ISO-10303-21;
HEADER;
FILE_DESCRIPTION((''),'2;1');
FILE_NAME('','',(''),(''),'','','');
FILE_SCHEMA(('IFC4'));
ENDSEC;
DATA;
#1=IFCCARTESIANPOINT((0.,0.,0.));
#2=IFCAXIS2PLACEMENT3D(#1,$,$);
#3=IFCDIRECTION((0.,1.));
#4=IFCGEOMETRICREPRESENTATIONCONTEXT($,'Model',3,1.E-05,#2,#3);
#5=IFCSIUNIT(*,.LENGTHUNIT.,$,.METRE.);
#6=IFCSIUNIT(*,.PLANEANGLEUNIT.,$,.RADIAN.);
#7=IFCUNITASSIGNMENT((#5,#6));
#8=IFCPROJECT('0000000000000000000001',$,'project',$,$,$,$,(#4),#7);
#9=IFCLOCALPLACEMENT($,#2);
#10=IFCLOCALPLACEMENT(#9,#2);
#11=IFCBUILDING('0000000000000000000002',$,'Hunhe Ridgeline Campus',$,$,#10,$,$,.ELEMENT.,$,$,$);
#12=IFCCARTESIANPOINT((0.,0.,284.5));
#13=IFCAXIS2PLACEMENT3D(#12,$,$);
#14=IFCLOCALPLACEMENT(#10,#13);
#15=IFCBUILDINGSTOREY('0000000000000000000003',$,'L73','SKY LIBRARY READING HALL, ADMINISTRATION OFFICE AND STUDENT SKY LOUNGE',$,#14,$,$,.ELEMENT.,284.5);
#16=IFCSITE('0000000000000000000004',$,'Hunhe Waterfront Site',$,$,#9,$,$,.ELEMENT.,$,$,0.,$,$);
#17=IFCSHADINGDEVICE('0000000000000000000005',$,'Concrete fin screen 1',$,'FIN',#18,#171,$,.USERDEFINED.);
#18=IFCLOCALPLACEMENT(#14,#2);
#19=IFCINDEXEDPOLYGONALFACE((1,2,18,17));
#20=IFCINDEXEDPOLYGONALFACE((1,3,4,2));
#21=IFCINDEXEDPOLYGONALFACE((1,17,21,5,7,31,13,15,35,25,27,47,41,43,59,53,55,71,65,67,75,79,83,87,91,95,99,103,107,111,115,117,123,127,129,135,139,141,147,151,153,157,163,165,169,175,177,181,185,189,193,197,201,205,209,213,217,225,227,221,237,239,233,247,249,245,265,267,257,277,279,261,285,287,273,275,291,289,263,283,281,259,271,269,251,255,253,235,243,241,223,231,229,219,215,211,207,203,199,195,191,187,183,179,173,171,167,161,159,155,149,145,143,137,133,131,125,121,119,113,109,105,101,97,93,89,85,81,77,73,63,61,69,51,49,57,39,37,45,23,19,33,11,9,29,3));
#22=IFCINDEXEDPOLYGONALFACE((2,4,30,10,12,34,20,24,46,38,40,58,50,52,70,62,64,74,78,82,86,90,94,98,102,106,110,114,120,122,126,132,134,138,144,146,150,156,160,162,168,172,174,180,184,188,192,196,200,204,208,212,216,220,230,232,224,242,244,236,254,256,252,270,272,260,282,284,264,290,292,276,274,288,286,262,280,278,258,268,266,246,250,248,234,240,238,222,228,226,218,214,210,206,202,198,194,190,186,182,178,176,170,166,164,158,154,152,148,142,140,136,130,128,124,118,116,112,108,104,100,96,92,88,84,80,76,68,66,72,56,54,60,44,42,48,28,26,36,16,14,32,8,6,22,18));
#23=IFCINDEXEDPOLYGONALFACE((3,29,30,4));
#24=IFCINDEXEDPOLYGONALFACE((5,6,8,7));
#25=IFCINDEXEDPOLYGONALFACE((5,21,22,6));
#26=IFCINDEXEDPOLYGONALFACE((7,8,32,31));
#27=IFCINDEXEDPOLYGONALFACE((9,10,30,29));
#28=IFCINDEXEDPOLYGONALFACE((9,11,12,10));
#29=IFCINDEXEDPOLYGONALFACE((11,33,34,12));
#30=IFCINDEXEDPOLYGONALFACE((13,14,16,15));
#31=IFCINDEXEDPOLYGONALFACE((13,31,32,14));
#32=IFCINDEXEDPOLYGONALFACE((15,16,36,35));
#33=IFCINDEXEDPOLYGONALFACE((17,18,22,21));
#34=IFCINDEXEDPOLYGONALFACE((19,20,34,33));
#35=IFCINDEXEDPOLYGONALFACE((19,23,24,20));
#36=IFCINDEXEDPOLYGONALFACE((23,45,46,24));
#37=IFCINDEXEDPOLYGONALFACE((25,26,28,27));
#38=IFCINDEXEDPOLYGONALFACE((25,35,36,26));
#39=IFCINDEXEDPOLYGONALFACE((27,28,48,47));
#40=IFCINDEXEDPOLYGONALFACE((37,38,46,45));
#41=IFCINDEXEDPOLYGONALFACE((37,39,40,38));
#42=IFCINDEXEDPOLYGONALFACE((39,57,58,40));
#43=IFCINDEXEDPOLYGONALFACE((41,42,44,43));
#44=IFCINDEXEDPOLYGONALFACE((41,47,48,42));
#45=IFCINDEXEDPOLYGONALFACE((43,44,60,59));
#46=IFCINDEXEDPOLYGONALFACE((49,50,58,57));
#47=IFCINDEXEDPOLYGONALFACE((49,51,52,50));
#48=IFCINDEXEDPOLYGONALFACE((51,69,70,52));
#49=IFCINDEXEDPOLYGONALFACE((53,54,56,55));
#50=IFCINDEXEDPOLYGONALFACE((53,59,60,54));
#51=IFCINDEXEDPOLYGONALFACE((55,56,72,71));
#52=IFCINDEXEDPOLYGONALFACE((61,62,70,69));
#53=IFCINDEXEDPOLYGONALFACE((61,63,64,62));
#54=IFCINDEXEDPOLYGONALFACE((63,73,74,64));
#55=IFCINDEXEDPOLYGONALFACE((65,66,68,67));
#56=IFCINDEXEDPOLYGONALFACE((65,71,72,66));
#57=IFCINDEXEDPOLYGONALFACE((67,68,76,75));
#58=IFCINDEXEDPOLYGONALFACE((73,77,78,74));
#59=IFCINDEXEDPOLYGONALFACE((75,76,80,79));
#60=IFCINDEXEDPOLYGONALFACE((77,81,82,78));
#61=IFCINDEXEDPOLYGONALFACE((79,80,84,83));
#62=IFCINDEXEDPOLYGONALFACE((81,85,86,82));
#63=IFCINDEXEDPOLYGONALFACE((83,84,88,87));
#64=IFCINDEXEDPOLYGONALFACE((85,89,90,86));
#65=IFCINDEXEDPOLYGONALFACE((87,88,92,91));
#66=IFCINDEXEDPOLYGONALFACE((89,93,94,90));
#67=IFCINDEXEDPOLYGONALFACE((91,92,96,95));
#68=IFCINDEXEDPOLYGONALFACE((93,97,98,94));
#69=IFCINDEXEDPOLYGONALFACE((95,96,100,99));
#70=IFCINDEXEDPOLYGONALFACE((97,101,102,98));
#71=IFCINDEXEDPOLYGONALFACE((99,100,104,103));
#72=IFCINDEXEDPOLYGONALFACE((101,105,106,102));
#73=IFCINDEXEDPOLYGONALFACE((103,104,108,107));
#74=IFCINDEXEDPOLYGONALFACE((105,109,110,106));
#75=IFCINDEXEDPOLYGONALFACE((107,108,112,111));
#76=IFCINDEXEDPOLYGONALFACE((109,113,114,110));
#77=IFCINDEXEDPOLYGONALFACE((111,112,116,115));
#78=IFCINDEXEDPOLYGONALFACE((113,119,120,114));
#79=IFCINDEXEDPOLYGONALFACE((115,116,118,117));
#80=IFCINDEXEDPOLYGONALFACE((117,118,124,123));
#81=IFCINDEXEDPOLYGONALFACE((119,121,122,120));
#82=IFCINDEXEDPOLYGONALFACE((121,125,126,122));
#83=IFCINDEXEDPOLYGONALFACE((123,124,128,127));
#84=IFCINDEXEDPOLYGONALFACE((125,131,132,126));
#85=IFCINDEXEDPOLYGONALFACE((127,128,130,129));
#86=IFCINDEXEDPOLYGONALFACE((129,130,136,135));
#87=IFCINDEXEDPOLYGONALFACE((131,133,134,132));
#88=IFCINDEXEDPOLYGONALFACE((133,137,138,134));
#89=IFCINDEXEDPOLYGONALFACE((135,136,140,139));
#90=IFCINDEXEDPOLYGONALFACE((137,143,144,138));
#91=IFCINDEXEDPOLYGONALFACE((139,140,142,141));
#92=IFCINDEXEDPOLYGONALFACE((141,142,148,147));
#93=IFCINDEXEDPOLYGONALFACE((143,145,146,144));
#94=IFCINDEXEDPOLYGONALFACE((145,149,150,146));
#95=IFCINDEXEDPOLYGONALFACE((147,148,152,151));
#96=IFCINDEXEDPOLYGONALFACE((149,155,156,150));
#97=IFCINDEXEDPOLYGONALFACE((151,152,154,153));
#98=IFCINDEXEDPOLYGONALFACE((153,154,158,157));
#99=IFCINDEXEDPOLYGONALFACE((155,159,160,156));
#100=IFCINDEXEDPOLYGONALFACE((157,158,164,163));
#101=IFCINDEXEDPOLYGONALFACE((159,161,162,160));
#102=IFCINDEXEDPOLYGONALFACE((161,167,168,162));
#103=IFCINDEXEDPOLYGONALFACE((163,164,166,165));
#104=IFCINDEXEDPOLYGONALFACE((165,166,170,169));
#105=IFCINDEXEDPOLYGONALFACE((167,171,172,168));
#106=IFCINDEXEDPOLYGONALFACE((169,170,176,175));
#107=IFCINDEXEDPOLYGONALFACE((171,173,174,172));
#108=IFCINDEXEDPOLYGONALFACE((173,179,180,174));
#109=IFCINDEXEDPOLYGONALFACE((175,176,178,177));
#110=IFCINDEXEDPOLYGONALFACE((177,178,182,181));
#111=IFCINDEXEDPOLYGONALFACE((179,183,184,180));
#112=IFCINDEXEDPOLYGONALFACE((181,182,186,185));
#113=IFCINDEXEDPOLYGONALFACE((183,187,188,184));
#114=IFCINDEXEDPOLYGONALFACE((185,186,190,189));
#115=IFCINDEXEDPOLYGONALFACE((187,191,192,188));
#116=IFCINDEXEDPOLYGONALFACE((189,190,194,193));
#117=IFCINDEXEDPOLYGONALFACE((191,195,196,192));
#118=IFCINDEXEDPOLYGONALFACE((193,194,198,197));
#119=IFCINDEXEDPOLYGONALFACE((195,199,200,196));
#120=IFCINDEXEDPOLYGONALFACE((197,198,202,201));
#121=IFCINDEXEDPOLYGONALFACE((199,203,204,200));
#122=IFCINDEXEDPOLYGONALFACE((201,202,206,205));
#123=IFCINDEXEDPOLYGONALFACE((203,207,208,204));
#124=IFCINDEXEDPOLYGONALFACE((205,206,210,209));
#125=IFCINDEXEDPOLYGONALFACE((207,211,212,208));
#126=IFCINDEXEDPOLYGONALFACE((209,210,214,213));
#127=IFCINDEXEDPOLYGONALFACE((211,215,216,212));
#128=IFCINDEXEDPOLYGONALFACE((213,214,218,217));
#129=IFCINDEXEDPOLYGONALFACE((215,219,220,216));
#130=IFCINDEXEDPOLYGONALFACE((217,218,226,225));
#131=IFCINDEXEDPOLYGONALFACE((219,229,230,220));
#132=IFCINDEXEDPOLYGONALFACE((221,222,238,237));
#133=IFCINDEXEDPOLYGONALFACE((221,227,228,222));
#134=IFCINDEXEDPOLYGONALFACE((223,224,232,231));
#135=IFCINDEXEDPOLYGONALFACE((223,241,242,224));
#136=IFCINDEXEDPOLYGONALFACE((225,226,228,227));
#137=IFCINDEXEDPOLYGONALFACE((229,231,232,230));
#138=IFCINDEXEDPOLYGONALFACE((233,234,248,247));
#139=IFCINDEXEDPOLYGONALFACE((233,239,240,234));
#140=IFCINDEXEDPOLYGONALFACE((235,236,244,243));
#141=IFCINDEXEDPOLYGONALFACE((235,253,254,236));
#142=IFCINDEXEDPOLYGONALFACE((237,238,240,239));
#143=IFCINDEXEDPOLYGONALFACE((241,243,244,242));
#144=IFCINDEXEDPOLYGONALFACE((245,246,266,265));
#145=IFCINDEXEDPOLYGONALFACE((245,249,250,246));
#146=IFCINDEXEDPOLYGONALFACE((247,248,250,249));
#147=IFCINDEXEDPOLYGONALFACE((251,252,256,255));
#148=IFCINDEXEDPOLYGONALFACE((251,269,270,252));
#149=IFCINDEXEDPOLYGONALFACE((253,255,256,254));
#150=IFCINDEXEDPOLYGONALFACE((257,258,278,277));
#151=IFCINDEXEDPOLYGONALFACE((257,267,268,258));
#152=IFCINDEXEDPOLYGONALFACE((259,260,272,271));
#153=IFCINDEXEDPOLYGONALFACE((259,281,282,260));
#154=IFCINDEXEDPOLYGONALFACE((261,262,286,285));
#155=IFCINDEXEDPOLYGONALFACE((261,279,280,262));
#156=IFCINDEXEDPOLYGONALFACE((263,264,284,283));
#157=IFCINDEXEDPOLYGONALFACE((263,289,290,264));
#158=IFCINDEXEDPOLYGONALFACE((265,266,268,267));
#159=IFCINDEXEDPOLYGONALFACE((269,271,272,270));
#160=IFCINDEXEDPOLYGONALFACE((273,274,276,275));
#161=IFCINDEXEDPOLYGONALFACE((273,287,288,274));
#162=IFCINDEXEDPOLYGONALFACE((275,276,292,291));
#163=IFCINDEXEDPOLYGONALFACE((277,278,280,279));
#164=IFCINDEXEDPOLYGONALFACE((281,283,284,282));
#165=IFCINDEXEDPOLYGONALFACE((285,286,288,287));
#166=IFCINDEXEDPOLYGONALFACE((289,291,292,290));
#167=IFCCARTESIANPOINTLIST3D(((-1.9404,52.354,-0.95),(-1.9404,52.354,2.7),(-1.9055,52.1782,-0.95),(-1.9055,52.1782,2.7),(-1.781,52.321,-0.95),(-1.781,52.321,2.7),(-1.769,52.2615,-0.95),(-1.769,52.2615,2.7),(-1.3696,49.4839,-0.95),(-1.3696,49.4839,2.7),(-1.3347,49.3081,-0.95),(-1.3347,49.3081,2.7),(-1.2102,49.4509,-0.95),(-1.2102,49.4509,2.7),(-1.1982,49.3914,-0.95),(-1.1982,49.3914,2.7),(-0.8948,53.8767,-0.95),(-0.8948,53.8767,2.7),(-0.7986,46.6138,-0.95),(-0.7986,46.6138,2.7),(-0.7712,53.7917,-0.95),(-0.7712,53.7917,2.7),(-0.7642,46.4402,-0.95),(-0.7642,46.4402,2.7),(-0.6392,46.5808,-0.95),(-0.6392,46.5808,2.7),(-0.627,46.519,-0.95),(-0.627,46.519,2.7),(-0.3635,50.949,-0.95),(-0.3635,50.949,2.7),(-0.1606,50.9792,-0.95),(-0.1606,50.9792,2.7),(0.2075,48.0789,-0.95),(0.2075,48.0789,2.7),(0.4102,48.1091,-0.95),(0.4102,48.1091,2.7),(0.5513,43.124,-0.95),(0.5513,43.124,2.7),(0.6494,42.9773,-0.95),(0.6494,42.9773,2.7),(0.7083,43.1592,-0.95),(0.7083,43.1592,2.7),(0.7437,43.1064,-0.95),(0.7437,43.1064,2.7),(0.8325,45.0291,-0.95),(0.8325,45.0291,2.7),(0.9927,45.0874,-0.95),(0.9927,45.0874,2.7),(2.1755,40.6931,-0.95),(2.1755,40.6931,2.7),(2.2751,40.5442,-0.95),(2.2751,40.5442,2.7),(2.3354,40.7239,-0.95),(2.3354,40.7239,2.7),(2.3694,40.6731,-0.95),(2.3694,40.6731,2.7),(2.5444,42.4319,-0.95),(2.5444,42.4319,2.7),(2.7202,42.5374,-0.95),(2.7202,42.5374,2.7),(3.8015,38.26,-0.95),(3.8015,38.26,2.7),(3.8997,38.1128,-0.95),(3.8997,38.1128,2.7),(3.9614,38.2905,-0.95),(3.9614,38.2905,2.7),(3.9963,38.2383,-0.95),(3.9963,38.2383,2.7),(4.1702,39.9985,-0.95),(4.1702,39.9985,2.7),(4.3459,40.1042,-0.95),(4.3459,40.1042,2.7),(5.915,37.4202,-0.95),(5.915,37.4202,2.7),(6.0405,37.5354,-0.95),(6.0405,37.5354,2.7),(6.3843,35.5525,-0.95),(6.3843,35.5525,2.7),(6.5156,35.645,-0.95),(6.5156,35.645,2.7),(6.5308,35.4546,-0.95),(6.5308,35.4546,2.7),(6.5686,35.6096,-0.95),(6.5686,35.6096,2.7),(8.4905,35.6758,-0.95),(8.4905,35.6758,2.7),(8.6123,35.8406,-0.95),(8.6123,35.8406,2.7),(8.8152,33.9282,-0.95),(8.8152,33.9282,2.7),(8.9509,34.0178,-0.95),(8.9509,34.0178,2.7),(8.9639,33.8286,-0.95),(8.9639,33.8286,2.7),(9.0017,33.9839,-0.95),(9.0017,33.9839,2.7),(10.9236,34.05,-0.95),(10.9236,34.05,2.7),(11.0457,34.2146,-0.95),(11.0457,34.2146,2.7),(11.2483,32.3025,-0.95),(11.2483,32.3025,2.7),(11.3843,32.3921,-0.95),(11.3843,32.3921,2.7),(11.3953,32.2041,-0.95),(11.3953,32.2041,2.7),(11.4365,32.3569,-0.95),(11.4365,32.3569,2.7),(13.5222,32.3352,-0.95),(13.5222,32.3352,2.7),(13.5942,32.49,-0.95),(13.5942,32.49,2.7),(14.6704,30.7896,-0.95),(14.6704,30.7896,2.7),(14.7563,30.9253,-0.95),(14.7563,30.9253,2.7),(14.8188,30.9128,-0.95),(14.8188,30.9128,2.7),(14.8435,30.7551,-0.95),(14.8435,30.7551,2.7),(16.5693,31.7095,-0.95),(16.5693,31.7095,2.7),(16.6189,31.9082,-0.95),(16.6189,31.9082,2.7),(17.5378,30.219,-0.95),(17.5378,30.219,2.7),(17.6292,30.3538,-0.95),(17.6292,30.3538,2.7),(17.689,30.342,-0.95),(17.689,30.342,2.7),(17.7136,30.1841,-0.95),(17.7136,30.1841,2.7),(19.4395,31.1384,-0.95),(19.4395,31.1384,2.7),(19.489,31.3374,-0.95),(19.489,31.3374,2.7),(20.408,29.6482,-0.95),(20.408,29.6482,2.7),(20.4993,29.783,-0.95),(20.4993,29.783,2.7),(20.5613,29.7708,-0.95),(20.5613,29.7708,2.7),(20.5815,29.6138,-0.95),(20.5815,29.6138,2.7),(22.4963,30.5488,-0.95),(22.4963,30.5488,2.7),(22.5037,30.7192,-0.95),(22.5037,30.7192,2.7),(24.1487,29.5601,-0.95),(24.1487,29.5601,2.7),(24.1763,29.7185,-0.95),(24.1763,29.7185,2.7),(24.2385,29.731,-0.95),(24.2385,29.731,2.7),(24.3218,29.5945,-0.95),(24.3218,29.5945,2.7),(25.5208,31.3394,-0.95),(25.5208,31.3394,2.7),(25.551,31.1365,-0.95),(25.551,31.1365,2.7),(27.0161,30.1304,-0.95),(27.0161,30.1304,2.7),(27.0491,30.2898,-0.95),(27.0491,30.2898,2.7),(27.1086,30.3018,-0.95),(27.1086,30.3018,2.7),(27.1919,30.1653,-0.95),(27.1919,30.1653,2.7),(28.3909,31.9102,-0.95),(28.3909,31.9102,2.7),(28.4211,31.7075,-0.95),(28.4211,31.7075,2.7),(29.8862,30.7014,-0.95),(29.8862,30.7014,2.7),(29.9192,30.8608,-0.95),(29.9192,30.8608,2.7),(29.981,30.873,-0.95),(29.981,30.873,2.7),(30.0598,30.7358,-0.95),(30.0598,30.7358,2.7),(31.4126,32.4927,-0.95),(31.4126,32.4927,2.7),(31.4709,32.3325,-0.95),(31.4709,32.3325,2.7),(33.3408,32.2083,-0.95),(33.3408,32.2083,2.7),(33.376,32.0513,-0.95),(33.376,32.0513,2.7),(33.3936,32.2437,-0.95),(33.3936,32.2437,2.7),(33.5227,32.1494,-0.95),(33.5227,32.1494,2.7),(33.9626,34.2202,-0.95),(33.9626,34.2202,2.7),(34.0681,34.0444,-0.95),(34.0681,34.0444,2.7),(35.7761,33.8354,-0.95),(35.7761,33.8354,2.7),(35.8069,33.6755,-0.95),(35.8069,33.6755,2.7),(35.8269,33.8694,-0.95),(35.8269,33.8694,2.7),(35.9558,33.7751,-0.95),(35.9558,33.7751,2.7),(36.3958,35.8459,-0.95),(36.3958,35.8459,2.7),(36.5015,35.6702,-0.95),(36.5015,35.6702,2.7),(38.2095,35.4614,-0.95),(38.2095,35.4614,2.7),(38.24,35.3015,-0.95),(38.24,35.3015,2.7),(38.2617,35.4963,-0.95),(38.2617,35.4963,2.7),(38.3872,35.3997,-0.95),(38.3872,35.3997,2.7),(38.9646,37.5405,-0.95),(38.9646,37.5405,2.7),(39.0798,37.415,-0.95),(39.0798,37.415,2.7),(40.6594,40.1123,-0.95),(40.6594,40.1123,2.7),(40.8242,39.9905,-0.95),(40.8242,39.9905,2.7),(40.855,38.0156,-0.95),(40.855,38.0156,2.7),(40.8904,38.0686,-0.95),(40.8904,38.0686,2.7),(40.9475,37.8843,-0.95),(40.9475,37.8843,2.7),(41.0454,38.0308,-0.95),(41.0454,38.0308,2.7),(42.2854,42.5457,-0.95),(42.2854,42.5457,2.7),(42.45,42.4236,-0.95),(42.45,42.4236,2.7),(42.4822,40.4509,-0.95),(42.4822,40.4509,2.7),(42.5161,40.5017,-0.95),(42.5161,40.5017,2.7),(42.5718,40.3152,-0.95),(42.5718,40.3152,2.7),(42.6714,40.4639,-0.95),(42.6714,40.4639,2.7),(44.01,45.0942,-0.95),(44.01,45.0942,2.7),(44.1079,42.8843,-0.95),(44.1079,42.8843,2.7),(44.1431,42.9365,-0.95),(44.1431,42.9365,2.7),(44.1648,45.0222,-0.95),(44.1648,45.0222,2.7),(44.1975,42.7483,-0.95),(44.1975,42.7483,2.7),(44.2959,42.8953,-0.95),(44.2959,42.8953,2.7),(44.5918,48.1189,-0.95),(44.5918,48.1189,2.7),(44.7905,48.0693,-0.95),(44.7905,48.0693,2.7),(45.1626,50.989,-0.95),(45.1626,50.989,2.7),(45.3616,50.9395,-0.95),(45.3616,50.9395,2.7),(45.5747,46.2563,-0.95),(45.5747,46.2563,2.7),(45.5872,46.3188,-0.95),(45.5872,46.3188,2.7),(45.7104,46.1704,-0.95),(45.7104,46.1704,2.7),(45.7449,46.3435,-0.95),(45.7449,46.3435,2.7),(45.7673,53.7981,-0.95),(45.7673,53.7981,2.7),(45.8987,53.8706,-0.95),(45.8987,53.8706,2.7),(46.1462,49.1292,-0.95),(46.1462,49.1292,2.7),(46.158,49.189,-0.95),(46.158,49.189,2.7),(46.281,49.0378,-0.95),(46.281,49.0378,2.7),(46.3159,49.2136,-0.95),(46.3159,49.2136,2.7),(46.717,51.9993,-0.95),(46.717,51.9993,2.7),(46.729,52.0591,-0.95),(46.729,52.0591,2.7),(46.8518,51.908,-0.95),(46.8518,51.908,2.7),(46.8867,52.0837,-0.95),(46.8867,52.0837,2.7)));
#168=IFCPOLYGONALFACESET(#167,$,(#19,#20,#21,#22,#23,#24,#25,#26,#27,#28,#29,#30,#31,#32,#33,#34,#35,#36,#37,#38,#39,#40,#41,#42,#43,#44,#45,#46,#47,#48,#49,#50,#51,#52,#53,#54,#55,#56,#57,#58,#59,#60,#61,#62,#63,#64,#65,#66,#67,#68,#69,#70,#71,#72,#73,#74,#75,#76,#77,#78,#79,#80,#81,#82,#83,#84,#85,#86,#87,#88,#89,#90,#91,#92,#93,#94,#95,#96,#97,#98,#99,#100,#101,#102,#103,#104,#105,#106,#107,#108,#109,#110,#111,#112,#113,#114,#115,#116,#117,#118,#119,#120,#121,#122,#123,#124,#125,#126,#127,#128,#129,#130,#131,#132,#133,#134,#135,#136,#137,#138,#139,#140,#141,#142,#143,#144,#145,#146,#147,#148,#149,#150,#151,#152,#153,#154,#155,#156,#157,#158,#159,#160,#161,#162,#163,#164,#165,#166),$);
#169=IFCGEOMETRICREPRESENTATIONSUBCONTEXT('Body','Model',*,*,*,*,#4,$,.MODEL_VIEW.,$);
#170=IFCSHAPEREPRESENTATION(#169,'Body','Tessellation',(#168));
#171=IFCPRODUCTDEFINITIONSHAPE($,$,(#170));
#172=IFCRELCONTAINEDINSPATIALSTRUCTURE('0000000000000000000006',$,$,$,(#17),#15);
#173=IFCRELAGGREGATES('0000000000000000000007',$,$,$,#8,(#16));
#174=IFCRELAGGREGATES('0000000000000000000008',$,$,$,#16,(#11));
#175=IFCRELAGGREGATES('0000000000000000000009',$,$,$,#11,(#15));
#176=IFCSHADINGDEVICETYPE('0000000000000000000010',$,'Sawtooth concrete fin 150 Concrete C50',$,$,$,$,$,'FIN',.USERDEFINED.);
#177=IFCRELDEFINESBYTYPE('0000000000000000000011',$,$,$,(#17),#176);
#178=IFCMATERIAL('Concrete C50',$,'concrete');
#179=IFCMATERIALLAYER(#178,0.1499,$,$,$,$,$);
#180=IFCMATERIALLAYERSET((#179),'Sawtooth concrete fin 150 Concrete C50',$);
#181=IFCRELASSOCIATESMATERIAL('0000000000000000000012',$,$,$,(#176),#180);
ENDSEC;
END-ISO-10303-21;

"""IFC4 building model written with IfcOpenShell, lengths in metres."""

from ifc_helpers import new_model, si_unit, direction, frame, origin, place, context, subcontext, project, spatial, polyline, outline, extrude, material, layer, layer_set, type_object, element, save


model = new_model("IFC4")

# Units and contexts
model_context = context("Model", 3, precision=1e-05, world=origin(), true_north=direction((0.0, 1.0)))
body_context = subcontext(model_context, "Body", "Model", "MODEL_VIEW")
ifc_project = project(units=[si_unit("LENGTHUNIT", "METRE"), si_unit("PLANEANGLEUNIT", "RADIAN")], contexts=[model_context])

# Site, building, storey
site_placement = place(None, origin())
site = spatial("IfcSite", under=ifc_project, at=site_placement, Name="Hunhe Waterfront Site", CompositionType="ELEMENT", RefElevation=0.0)
building_placement = place(site_placement, origin())
building = spatial("IfcBuilding", under=site, at=building_placement, Name="Hunhe Ridgeline Campus", CompositionType="ELEMENT")
storey_placement = place(building_placement, frame((0.0, 0.0, 284.5)))
storey = spatial("IfcBuildingStorey", under=building, at=storey_placement, Name="L73", Description="SKY LIBRARY READING HALL, ADMINISTRATION OFFICE AND STUDENT SKY LOUNGE", CompositionType="ELEMENT", Elevation=284.5)

# Shared definitions
ifc_material_1 = material(Name="Concrete C50", Category="concrete")

# Shading device
ifc_layer_1 = layer(ifc_material_1, 0.1499)
ifc_layer_set_1 = layer_set([ifc_layer_1], Name="Sawtooth concrete fin 150 Concrete C50")
shading_device_type = type_object("IfcShadingDeviceType", Name="Sawtooth concrete fin 150 Concrete C50", ElementType="FIN", PredefinedType="USERDEFINED", material=ifc_layer_set_1)
shading_device_1_placement = place(storey_placement, frame((0.0, 0.0, -0.95)))
element("IfcShadingDevice", 1, at=shading_device_1_placement, inside=storey, type_object=shading_device_type, Name="Concrete fin screen 1", ObjectType="FIN", PredefinedType="USERDEFINED", context=body_context, shape_type="SweptSolid", body=[
    extrude(outline(polyline([(-0.7712, 53.7917), (-0.8948, 53.8767), (-1.9404, 52.354), (-1.9055, 52.1782), (-0.3635, 50.949), (-1.3696, 49.4839), (-1.3347, 49.3081), (0.2075, 48.0789), (-0.7986, 46.6138), (-0.7642, 46.4402), (0.8325, 45.0291), (0.5513, 43.124), (0.6494, 42.9773), (2.5444, 42.4319), (2.1755, 40.6931), (2.2751, 40.5442), (4.1702, 39.9985), (3.8015, 38.26), (3.8997, 38.1128), (5.915, 37.4202), (6.3843, 35.5525), (6.5308, 35.4546), (8.4905, 35.6758), (8.8152, 33.9282), (8.9639, 33.8286), (10.9236, 34.05), (11.2483, 32.3025), (11.3953, 32.2041), (13.5222, 32.3352), (14.6704, 30.7896), (14.8435, 30.7551), (16.5693, 31.7095), (17.5378, 30.219), (17.7136, 30.1841), (19.4395, 31.1384), (20.408, 29.6482), (20.5815, 29.6138), (22.4963, 30.5488), (24.1487, 29.5601), (24.3218, 29.5945), (25.551, 31.1365), (27.0161, 30.1304), (27.1919, 30.1653), (28.4211, 31.7075), (29.8862, 30.7014), (30.0598, 30.7358), (31.4709, 32.3325), (33.376, 32.0513), (33.5227, 32.1494), (34.0681, 34.0444), (35.8069, 33.6755), (35.9558, 33.7751), (36.5015, 35.6702), (38.24, 35.3015), (38.3872, 35.3997), (39.0798, 37.415), (40.9475, 37.8843), (41.0454, 38.0308), (40.8242, 39.9905), (42.5718, 40.3152), (42.6714, 40.4639), (42.45, 42.4236), (44.1975, 42.7483), (44.2959, 42.8953), (44.1648, 45.0222), (45.7104, 46.1704), (45.7449, 46.3435), (44.7905, 48.0693), (46.281, 49.0378), (46.3159, 49.2136), (45.3616, 50.9395), (46.8518, 51.908), (46.8867, 52.0837), (45.8987, 53.8706), (45.7673, 53.7981), (46.729, 52.0591), (46.717, 51.9993), (45.1626, 50.989), (46.158, 49.189), (46.1462, 49.1292), (44.5918, 48.1189), (45.5872, 46.3188), (45.5747, 46.2563), (44.01, 45.0942), (44.1431, 42.9365), (44.1079, 42.8843), (42.2854, 42.5457), (42.5161, 40.5017), (42.4822, 40.4509), (40.6594, 40.1123), (40.8904, 38.0686), (40.855, 38.0156), (38.9646, 37.5405), (38.2617, 35.4963), (38.2095, 35.4614), (36.3958, 35.8459), (35.8269, 33.8694), (35.7761, 33.8354), (33.9626, 34.2202), (33.3936, 32.2437), (33.3408, 32.2083), (31.4126, 32.4927), (29.981, 30.873), (29.9192, 30.8608), (28.3909, 31.9102), (27.1086, 30.3018), (27.0491, 30.2898), (25.5208, 31.3394), (24.2385, 29.731), (24.1763, 29.7185), (22.5037, 30.7192), (20.5613, 29.7708), (20.4993, 29.783), (19.489, 31.3374), (17.689, 30.342), (17.6292, 30.3538), (16.6189, 31.9082), (14.8188, 30.9128), (14.7563, 30.9253), (13.5942, 32.49), (11.4365, 32.3569), (11.3843, 32.3921), (11.0457, 34.2146), (9.0017, 33.9839), (8.9509, 34.0178), (8.6123, 35.8406), (6.5686, 35.6096), (6.5156, 35.645), (6.0405, 37.5354), (3.9963, 38.2383), (3.9614, 38.2905), (4.3459, 40.1042), (2.3694, 40.6731), (2.3354, 40.7239), (2.7202, 42.5374), (0.7437, 43.1064), (0.7083, 43.1592), (0.9927, 45.0874), (-0.627, 46.519), (-0.6392, 46.5808), (0.4102, 48.1091), (-1.1982, 49.3914), (-1.2102, 49.4509), (-0.1606, 50.9792), (-1.769, 52.2615), (-1.781, 52.321), (-0.7712, 53.7917)])), origin(), (0.0, 0.0, 1.0), 3.6499),
])

save(model, "model.ifc")
